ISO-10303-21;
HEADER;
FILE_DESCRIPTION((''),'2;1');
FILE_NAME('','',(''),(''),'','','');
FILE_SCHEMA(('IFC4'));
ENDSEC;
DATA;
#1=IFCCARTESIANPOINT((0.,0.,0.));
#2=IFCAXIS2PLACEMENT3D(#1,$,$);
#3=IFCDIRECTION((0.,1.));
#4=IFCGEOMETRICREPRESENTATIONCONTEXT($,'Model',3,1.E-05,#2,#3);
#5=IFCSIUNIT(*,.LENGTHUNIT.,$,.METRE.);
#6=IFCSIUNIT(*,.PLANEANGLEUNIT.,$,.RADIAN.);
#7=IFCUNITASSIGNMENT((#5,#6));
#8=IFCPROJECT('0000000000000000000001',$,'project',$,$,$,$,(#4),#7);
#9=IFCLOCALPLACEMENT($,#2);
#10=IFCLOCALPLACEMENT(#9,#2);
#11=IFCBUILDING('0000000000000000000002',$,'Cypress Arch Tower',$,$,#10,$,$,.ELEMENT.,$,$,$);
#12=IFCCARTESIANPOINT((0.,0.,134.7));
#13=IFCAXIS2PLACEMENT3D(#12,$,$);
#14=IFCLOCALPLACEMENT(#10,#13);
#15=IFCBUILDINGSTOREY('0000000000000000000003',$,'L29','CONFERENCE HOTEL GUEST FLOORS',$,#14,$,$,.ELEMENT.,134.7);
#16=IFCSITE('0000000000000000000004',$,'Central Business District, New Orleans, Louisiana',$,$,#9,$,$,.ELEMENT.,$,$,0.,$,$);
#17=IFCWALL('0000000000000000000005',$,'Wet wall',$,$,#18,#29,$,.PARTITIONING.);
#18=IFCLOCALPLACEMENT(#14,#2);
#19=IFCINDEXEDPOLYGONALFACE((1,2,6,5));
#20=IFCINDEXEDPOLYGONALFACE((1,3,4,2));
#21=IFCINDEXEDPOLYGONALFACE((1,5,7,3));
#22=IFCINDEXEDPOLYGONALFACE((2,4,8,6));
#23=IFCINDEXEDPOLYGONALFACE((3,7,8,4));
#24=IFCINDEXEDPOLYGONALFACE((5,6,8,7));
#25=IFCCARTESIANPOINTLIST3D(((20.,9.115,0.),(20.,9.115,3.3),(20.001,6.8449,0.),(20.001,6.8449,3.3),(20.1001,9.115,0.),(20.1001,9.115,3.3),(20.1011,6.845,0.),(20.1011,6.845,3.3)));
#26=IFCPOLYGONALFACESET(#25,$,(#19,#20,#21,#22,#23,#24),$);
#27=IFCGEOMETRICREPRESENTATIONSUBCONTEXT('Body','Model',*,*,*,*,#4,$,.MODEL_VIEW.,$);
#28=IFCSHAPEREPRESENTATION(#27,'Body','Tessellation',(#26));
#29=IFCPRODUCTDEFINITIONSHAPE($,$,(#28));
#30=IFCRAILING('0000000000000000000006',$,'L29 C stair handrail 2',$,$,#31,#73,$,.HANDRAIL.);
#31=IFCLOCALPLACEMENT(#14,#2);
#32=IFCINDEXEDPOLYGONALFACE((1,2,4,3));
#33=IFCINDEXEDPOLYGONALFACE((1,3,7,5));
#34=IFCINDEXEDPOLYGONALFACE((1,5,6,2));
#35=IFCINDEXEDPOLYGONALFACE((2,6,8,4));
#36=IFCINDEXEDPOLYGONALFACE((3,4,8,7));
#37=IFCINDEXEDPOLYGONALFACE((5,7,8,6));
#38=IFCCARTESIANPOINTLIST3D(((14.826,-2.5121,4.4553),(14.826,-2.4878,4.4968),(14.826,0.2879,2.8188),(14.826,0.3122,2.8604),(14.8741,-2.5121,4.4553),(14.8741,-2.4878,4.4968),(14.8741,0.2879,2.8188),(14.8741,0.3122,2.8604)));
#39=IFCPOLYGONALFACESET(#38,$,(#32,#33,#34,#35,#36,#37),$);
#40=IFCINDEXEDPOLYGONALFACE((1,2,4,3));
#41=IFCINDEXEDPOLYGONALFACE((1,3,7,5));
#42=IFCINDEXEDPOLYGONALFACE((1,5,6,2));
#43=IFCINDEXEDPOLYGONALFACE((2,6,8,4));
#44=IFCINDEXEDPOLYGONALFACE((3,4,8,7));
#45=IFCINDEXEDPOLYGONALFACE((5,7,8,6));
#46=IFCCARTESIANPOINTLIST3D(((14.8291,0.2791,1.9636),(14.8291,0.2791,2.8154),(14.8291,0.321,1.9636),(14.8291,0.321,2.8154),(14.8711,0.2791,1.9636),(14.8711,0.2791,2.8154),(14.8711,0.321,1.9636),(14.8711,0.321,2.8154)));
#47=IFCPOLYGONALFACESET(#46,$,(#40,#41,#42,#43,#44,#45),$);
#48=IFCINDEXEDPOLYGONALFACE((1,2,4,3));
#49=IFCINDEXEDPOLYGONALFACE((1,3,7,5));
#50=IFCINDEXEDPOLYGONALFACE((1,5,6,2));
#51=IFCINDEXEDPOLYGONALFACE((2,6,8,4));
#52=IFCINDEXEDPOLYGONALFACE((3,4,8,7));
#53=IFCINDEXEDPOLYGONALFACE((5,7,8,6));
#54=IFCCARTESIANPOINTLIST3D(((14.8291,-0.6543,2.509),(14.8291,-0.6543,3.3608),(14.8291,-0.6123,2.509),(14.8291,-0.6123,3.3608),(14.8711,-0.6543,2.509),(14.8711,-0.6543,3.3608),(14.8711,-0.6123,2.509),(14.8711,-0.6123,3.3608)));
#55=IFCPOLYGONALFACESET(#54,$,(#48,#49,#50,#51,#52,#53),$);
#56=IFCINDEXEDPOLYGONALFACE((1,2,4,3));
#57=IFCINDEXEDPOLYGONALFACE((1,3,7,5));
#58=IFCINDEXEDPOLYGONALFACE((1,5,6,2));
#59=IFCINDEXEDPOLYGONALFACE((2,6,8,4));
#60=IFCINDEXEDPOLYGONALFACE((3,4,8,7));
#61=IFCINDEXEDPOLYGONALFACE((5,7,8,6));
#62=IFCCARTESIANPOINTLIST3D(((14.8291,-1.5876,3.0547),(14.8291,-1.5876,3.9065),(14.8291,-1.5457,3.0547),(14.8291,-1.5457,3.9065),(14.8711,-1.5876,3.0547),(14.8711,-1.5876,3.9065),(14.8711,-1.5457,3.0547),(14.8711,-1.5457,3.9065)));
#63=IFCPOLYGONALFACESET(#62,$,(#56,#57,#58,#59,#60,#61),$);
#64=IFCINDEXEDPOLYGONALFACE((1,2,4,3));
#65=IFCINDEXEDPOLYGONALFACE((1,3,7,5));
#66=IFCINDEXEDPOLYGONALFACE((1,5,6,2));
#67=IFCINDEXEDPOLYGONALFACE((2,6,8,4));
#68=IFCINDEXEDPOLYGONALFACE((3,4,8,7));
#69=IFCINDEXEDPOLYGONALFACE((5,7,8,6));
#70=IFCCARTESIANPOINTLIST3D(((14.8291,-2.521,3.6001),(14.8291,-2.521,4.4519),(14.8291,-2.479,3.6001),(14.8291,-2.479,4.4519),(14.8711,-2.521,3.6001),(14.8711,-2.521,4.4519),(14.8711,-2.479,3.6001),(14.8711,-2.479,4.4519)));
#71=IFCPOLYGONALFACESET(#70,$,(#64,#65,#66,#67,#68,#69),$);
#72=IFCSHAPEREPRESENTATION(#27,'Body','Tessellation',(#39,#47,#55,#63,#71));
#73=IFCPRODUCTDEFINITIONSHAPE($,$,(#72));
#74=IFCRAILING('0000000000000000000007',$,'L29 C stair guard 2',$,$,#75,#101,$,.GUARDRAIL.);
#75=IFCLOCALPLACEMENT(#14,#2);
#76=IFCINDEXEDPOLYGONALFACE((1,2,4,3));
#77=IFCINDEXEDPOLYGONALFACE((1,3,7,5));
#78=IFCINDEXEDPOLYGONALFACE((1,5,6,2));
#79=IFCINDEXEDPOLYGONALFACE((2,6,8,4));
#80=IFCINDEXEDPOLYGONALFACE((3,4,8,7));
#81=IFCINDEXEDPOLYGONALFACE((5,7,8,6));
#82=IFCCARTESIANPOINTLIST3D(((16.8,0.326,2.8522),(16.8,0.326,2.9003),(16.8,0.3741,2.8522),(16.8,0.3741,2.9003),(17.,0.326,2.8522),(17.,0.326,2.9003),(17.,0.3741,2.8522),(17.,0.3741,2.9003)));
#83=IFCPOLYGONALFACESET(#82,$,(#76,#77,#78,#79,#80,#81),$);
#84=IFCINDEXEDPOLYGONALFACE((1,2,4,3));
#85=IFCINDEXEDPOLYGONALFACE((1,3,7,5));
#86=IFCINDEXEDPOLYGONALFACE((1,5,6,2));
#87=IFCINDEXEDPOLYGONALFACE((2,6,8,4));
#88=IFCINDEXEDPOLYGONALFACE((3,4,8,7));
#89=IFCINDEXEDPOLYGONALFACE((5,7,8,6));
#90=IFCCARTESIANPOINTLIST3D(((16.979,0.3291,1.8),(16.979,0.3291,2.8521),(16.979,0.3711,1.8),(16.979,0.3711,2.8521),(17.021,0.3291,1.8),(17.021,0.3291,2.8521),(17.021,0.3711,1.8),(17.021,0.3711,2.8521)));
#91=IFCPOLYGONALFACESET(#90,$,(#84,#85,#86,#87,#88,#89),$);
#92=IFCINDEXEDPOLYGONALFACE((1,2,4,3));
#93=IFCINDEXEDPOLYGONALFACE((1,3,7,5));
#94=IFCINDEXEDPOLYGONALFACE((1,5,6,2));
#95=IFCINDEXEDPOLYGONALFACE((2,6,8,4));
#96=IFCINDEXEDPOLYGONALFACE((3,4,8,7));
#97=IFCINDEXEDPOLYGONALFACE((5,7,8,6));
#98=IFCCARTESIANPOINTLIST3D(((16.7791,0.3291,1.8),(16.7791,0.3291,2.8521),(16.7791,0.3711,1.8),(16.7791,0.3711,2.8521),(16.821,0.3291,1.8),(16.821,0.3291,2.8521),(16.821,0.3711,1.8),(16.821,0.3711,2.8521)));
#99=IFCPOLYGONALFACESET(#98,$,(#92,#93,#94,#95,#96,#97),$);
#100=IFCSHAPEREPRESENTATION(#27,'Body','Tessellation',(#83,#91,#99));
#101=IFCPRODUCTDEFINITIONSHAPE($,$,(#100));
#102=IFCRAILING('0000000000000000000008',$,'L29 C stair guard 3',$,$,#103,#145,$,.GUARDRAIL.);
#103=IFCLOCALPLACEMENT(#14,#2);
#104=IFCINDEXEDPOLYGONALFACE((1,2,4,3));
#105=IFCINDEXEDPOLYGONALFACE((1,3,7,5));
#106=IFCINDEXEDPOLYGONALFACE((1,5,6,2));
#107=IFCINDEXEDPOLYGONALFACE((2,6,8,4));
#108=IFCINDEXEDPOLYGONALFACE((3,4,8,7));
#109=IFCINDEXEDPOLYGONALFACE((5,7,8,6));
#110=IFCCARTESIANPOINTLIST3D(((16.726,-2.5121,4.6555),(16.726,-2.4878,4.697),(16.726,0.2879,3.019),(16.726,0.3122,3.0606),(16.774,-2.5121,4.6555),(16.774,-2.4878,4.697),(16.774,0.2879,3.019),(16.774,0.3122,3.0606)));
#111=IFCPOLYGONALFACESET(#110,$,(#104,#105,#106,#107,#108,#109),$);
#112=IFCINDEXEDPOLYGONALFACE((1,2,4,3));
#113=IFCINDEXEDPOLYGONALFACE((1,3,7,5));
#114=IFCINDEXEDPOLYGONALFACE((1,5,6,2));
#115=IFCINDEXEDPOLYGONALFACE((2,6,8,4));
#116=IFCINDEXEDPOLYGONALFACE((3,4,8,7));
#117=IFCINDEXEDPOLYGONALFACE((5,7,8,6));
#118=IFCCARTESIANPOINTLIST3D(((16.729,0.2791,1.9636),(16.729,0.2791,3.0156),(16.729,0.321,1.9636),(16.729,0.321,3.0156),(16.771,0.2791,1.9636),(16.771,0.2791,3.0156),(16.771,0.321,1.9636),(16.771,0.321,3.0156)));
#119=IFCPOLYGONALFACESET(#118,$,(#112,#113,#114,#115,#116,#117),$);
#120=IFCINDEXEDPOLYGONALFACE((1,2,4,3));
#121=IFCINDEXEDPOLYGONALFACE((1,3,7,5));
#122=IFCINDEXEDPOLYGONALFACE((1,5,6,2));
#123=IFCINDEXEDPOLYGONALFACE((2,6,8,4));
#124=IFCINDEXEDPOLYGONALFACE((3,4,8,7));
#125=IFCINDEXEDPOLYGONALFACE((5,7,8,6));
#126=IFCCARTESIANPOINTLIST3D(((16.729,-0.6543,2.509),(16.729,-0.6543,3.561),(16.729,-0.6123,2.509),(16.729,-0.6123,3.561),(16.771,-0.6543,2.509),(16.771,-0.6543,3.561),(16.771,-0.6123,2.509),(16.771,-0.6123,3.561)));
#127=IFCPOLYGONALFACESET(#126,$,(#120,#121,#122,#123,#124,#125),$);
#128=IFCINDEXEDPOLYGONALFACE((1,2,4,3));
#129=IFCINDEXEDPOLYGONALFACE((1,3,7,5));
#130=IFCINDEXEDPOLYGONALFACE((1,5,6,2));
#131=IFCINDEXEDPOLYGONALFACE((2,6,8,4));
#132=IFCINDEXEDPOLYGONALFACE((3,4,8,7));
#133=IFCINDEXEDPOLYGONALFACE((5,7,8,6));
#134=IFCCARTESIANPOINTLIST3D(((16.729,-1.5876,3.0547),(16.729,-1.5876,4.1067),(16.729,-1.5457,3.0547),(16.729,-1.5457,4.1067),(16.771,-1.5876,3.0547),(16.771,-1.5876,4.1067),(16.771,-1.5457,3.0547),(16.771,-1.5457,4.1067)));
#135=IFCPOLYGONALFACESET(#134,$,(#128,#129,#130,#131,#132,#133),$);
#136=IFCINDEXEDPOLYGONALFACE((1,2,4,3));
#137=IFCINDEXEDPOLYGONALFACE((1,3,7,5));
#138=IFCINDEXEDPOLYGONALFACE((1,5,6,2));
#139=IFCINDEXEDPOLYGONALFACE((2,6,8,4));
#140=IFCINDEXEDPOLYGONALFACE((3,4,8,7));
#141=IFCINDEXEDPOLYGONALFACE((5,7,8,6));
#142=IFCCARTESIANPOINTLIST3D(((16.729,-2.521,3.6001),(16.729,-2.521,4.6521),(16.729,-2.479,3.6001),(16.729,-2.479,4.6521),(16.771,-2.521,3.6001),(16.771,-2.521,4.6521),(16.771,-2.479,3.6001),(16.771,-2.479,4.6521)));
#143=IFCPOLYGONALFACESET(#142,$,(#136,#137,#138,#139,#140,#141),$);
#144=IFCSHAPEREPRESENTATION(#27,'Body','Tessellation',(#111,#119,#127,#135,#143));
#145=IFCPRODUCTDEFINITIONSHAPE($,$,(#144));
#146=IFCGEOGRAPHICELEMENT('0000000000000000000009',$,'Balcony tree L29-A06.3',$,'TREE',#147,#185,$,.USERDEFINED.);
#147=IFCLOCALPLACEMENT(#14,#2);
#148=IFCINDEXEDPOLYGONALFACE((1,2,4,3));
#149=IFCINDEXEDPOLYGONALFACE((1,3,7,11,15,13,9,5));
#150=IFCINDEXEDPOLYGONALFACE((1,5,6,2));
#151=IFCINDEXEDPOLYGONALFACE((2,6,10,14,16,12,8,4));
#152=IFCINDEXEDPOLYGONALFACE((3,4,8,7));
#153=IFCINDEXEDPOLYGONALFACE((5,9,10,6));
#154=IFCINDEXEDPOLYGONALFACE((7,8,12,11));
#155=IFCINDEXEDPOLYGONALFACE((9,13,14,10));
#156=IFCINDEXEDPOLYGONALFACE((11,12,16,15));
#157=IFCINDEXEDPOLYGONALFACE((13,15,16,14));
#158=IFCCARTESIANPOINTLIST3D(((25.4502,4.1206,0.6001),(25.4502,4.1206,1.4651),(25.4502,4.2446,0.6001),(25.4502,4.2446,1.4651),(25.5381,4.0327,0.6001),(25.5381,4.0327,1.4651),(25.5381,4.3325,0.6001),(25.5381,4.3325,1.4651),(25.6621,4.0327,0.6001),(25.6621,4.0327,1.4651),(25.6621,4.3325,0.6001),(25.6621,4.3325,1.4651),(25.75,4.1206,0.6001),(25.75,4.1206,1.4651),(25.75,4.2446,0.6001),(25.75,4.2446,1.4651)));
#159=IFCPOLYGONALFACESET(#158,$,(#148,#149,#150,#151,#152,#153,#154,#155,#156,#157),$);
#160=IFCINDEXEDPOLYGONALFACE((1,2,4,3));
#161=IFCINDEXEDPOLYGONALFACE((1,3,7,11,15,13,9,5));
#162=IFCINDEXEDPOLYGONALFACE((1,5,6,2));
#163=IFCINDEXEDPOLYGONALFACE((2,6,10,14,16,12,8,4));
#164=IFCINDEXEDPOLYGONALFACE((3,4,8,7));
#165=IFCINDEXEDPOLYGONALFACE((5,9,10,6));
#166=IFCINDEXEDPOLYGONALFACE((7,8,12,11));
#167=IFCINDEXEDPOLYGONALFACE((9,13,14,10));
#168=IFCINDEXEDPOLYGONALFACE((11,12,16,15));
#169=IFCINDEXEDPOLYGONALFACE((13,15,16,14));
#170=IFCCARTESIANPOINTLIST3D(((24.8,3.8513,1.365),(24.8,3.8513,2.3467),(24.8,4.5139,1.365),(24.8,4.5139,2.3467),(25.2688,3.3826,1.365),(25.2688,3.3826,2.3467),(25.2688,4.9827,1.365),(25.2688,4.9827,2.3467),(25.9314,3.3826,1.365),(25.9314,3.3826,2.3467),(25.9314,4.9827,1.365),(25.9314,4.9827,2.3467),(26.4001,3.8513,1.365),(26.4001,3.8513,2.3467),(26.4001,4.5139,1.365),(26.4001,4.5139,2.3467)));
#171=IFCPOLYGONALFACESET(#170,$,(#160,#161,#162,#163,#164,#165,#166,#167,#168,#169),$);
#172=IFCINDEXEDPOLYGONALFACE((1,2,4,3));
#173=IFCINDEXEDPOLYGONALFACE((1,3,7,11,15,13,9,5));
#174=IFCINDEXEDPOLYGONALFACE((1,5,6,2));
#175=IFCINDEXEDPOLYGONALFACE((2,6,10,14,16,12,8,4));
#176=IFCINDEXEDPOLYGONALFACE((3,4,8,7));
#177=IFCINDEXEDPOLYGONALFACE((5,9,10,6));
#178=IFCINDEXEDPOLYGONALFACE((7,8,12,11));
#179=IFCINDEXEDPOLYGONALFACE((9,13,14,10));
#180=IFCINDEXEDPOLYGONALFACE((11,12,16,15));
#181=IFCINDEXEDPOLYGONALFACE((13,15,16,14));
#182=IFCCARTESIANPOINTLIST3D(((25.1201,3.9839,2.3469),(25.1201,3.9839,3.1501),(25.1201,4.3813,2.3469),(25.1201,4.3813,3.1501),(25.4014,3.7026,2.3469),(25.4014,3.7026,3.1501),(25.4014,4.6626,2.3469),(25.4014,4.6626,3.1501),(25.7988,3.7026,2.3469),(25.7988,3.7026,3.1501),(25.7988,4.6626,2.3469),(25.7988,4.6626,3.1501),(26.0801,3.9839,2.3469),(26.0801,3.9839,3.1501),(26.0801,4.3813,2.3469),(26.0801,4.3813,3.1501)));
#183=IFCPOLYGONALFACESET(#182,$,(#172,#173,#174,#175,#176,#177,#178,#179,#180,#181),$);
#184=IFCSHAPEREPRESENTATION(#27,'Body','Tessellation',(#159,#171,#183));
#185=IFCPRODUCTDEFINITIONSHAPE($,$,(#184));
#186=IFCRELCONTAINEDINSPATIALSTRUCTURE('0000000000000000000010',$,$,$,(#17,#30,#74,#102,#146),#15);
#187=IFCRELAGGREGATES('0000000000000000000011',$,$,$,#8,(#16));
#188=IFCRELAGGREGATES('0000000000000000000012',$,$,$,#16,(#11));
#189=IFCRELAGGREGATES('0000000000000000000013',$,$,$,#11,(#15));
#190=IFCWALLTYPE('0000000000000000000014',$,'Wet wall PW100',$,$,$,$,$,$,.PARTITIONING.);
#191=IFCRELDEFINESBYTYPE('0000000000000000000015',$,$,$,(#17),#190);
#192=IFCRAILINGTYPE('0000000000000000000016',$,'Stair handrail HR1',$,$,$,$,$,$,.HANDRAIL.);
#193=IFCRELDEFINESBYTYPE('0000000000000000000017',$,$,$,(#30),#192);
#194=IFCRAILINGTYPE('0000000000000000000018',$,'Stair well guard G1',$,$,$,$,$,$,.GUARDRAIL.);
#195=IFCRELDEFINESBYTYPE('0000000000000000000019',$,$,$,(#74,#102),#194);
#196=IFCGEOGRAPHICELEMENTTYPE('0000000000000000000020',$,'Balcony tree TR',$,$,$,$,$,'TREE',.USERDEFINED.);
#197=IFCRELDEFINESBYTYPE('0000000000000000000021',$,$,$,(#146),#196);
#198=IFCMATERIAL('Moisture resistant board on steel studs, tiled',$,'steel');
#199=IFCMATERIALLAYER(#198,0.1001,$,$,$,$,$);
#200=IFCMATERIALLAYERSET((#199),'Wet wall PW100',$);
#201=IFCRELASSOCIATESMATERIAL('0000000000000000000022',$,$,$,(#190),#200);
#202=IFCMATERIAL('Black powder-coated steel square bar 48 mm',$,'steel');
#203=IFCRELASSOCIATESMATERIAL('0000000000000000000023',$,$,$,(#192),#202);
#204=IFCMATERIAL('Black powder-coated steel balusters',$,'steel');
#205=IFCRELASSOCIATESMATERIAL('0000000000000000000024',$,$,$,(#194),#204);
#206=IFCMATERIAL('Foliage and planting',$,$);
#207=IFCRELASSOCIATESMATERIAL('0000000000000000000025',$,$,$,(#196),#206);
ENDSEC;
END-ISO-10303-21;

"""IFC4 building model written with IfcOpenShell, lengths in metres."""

from ifc_helpers import new_model, si_unit, direction, frame, frame_2d, origin, origin_2d, place, context, subcontext, project, spatial, polyline, rectangle, outline, extrude, material, layer, layer_set, type_object, element, save


model = new_model("IFC4")

# Units and contexts
model_context = context("Model", 3, precision=1e-05, world=origin(), true_north=direction((0.0, 1.0)))
body_context = subcontext(model_context, "Body", "Model", "MODEL_VIEW")
ifc_project = project(units=[si_unit("LENGTHUNIT", "METRE"), si_unit("PLANEANGLEUNIT", "RADIAN")], contexts=[model_context])

# Site, building, storey
site_placement = place(None, origin())
site = spatial("IfcSite", under=ifc_project, at=site_placement, Name="Central Business District, New Orleans, Louisiana", CompositionType="ELEMENT", RefElevation=0.0)
building_placement = place(site_placement, origin())
building = spatial("IfcBuilding", under=site, at=building_placement, Name="Cypress Arch Tower", CompositionType="ELEMENT")
storey_placement = place(building_placement, frame((0.0, 0.0, 134.7)))
storey = spatial("IfcBuildingStorey", under=building, at=storey_placement, Name="L29", Description="CONFERENCE HOTEL GUEST FLOORS", CompositionType="ELEMENT", Elevation=134.7)

# Shared definitions
ifc_material_1 = material(Name="Moisture resistant board on steel studs, tiled", Category="steel")
ifc_layer_1 = layer(ifc_material_1, 0.1001)
ifc_layer_set_1 = layer_set([ifc_layer_1], Name="Wet wall PW100")
wall_type_1 = type_object("IfcWallType", Name="Wet wall PW100", PredefinedType="PARTITIONING", material=ifc_layer_set_1)

# Wall
wall_1_placement = place(storey_placement, frame((20.05, 9.115, 0.0), z_axis=(0.0, 0.0, 1.0), x_axis=(0.00043, -1.0, 0.0)))
element("IfcWall", 1, at=wall_1_placement, inside=storey, type_object=wall_type_1, Name="Wet wall", PredefinedType="PARTITIONING", context=body_context, shape_type="SweptSolid", body=[
    extrude(rectangle(XDim=2.27, YDim=0.1001, at=frame_2d((1.135, 0.0))), origin(), (0.0, 0.0, 1.0), 3.3),
])

# Railings
ifc_material_2 = material(Name="Black powder-coated steel square bar 48 mm", Category="steel")
railing_type_1 = type_object("IfcRailingType", Name="Stair handrail HR1", PredefinedType="HANDRAIL", material=ifc_material_2)
railing_1_placement = place(storey_placement, frame((14.8501, 0.3, 1.9636)))
element("IfcRailing", 2, at=railing_1_placement, inside=storey, type_object=railing_type_1, Name="L29 C stair handrail 2", PredefinedType="HANDRAIL", context=body_context, shape_type="SweptSolid", body=[
    extrude(rectangle(XDim=0.0481, YDim=0.0481, at=origin_2d()), frame((0.0, 0.0, 0.876), z_axis=(0.0, -0.863361, 0.504587), x_axis=(1.0, 0.0, 0.0)), (0.0, 0.0, 1.0), 3.2432),
    extrude(rectangle(XDim=0.042, YDim=0.042, at=origin_2d()), origin(), (0.0, 0.0, 1.0), 0.8518),
    extrude(rectangle(XDim=0.042, YDim=0.042, at=origin_2d()), frame((0.0, -0.9333, 0.5454)), (0.0, 0.0, 1.0), 0.8518),
    extrude(rectangle(XDim=0.042, YDim=0.042, at=origin_2d()), frame((0.0, -1.8667, 1.0911)), (0.0, 0.0, 1.0), 0.8518),
    extrude(rectangle(XDim=0.042, YDim=0.042, at=origin_2d()), frame((0.0, -2.8, 1.6365)), (0.0, 0.0, 1.0), 0.8518),
])
ifc_material_3 = material(Name="Black powder-coated steel balusters", Category="steel")
railing_type_2 = type_object("IfcRailingType", Name="Stair well guard G1", PredefinedType="GUARDRAIL", material=ifc_material_3)
railing_2_placement = place(storey_placement, frame((17.0, 0.3501, 1.8)))
element("IfcRailing", 3, at=railing_2_placement, inside=storey, type_object=railing_type_2, Name="L29 C stair guard 2", PredefinedType="GUARDRAIL", context=body_context, shape_type="SweptSolid", body=[
    extrude(rectangle(XDim=0.0481, YDim=0.0481, at=origin_2d()), frame((0.0, 0.0, 1.0762), z_axis=(-1.0, 0.0, 0.0), x_axis=(0.0, -1.0, 0.0)), (0.0, 0.0, 1.0), 0.2),
    extrude(rectangle(XDim=0.042, YDim=0.042, at=origin_2d()), origin(), (0.0, 0.0, 1.0), 1.052),
    extrude(rectangle(XDim=0.042, YDim=0.042, at=origin_2d()), frame((-0.2, 0.0, 0.0)), (0.0, 0.0, 1.0), 1.052),
])
railing_3_placement = place(storey_placement, frame((16.75, 0.3, 1.9636)))
element("IfcRailing", 4, at=railing_3_placement, inside=storey, type_object=railing_type_2, Name="L29 C stair guard 3", PredefinedType="GUARDRAIL", context=body_context, shape_type="SweptSolid", body=[
    extrude(rectangle(XDim=0.0481, YDim=0.0481, at=origin_2d()), frame((0.0, 0.0, 1.0762), z_axis=(0.0, -0.863361, 0.504587), x_axis=(1.0, 0.0, 0.0)), (0.0, 0.0, 1.0), 3.2432),
    extrude(rectangle(XDim=0.042, YDim=0.042, at=origin_2d()), origin(), (0.0, 0.0, 1.0), 1.052),
    extrude(rectangle(XDim=0.042, YDim=0.042, at=origin_2d()), frame((0.0, -0.9333, 0.5454)), (0.0, 0.0, 1.0), 1.052),
    extrude(rectangle(XDim=0.042, YDim=0.042, at=origin_2d()), frame((0.0, -1.8667, 1.0911)), (0.0, 0.0, 1.0), 1.052),
    extrude(rectangle(XDim=0.042, YDim=0.042, at=origin_2d()), frame((0.0, -2.8, 1.6365)), (0.0, 0.0, 1.0), 1.052),
])

# Geographic element
ifc_material_4 = material(Name="Foliage and planting")
geographic_element_type = type_object("IfcGeographicElementType", Name="Balcony tree TR", ElementType="TREE", PredefinedType="USERDEFINED", material=ifc_material_4)
for number, where, z_axis, x_axis, name in (
    (5, (25.6001, 4.1826, 0.6001), (0.0, 0.0, 1.0), (1.0, 0.0, 0.0), "Balcony tree L29-A06.3"),
):
    element("IfcGeographicElement", number, at=place(storey_placement, frame(where, z_axis=z_axis, x_axis=x_axis)), inside=storey, type_object=geographic_element_type, Name=name, ObjectType="TREE", PredefinedType="USERDEFINED", context=body_context, shape_type="SweptSolid", body=[
        extrude(outline(polyline([(0.1499, 0.062), (0.062, 0.1499), (-0.062, 0.1499), (-0.1499, 0.062), (-0.1499, -0.062), (-0.062, -0.1499), (0.062, -0.1499), (0.1499, -0.062), (0.1499, 0.062)])), origin(), (0.0, 0.0, 1.0), 0.865),
        extrude(outline(polyline([(0.8, 0.3313), (0.3313, 0.8), (-0.3313, 0.8), (-0.8, 0.3313), (-0.8, -0.3313), (-0.3313, -0.8), (0.3313, -0.8), (0.8, -0.3313), (0.8, 0.3313)])), frame((0.0, 0.0, 0.7649)), (0.0, 0.0, 1.0), 0.9817),
        extrude(outline(polyline([(0.48, 0.1987), (0.1987, 0.48), (-0.1987, 0.48), (-0.48, 0.1987), (-0.48, -0.1987), (-0.1987, -0.48), (0.1987, -0.48), (0.48, -0.1987), (0.48, 0.1987)])), frame((0.0, 0.0, 1.7468)), (0.0, 0.0, 1.0), 0.8032),
    ])

save(model, "model.ifc")
